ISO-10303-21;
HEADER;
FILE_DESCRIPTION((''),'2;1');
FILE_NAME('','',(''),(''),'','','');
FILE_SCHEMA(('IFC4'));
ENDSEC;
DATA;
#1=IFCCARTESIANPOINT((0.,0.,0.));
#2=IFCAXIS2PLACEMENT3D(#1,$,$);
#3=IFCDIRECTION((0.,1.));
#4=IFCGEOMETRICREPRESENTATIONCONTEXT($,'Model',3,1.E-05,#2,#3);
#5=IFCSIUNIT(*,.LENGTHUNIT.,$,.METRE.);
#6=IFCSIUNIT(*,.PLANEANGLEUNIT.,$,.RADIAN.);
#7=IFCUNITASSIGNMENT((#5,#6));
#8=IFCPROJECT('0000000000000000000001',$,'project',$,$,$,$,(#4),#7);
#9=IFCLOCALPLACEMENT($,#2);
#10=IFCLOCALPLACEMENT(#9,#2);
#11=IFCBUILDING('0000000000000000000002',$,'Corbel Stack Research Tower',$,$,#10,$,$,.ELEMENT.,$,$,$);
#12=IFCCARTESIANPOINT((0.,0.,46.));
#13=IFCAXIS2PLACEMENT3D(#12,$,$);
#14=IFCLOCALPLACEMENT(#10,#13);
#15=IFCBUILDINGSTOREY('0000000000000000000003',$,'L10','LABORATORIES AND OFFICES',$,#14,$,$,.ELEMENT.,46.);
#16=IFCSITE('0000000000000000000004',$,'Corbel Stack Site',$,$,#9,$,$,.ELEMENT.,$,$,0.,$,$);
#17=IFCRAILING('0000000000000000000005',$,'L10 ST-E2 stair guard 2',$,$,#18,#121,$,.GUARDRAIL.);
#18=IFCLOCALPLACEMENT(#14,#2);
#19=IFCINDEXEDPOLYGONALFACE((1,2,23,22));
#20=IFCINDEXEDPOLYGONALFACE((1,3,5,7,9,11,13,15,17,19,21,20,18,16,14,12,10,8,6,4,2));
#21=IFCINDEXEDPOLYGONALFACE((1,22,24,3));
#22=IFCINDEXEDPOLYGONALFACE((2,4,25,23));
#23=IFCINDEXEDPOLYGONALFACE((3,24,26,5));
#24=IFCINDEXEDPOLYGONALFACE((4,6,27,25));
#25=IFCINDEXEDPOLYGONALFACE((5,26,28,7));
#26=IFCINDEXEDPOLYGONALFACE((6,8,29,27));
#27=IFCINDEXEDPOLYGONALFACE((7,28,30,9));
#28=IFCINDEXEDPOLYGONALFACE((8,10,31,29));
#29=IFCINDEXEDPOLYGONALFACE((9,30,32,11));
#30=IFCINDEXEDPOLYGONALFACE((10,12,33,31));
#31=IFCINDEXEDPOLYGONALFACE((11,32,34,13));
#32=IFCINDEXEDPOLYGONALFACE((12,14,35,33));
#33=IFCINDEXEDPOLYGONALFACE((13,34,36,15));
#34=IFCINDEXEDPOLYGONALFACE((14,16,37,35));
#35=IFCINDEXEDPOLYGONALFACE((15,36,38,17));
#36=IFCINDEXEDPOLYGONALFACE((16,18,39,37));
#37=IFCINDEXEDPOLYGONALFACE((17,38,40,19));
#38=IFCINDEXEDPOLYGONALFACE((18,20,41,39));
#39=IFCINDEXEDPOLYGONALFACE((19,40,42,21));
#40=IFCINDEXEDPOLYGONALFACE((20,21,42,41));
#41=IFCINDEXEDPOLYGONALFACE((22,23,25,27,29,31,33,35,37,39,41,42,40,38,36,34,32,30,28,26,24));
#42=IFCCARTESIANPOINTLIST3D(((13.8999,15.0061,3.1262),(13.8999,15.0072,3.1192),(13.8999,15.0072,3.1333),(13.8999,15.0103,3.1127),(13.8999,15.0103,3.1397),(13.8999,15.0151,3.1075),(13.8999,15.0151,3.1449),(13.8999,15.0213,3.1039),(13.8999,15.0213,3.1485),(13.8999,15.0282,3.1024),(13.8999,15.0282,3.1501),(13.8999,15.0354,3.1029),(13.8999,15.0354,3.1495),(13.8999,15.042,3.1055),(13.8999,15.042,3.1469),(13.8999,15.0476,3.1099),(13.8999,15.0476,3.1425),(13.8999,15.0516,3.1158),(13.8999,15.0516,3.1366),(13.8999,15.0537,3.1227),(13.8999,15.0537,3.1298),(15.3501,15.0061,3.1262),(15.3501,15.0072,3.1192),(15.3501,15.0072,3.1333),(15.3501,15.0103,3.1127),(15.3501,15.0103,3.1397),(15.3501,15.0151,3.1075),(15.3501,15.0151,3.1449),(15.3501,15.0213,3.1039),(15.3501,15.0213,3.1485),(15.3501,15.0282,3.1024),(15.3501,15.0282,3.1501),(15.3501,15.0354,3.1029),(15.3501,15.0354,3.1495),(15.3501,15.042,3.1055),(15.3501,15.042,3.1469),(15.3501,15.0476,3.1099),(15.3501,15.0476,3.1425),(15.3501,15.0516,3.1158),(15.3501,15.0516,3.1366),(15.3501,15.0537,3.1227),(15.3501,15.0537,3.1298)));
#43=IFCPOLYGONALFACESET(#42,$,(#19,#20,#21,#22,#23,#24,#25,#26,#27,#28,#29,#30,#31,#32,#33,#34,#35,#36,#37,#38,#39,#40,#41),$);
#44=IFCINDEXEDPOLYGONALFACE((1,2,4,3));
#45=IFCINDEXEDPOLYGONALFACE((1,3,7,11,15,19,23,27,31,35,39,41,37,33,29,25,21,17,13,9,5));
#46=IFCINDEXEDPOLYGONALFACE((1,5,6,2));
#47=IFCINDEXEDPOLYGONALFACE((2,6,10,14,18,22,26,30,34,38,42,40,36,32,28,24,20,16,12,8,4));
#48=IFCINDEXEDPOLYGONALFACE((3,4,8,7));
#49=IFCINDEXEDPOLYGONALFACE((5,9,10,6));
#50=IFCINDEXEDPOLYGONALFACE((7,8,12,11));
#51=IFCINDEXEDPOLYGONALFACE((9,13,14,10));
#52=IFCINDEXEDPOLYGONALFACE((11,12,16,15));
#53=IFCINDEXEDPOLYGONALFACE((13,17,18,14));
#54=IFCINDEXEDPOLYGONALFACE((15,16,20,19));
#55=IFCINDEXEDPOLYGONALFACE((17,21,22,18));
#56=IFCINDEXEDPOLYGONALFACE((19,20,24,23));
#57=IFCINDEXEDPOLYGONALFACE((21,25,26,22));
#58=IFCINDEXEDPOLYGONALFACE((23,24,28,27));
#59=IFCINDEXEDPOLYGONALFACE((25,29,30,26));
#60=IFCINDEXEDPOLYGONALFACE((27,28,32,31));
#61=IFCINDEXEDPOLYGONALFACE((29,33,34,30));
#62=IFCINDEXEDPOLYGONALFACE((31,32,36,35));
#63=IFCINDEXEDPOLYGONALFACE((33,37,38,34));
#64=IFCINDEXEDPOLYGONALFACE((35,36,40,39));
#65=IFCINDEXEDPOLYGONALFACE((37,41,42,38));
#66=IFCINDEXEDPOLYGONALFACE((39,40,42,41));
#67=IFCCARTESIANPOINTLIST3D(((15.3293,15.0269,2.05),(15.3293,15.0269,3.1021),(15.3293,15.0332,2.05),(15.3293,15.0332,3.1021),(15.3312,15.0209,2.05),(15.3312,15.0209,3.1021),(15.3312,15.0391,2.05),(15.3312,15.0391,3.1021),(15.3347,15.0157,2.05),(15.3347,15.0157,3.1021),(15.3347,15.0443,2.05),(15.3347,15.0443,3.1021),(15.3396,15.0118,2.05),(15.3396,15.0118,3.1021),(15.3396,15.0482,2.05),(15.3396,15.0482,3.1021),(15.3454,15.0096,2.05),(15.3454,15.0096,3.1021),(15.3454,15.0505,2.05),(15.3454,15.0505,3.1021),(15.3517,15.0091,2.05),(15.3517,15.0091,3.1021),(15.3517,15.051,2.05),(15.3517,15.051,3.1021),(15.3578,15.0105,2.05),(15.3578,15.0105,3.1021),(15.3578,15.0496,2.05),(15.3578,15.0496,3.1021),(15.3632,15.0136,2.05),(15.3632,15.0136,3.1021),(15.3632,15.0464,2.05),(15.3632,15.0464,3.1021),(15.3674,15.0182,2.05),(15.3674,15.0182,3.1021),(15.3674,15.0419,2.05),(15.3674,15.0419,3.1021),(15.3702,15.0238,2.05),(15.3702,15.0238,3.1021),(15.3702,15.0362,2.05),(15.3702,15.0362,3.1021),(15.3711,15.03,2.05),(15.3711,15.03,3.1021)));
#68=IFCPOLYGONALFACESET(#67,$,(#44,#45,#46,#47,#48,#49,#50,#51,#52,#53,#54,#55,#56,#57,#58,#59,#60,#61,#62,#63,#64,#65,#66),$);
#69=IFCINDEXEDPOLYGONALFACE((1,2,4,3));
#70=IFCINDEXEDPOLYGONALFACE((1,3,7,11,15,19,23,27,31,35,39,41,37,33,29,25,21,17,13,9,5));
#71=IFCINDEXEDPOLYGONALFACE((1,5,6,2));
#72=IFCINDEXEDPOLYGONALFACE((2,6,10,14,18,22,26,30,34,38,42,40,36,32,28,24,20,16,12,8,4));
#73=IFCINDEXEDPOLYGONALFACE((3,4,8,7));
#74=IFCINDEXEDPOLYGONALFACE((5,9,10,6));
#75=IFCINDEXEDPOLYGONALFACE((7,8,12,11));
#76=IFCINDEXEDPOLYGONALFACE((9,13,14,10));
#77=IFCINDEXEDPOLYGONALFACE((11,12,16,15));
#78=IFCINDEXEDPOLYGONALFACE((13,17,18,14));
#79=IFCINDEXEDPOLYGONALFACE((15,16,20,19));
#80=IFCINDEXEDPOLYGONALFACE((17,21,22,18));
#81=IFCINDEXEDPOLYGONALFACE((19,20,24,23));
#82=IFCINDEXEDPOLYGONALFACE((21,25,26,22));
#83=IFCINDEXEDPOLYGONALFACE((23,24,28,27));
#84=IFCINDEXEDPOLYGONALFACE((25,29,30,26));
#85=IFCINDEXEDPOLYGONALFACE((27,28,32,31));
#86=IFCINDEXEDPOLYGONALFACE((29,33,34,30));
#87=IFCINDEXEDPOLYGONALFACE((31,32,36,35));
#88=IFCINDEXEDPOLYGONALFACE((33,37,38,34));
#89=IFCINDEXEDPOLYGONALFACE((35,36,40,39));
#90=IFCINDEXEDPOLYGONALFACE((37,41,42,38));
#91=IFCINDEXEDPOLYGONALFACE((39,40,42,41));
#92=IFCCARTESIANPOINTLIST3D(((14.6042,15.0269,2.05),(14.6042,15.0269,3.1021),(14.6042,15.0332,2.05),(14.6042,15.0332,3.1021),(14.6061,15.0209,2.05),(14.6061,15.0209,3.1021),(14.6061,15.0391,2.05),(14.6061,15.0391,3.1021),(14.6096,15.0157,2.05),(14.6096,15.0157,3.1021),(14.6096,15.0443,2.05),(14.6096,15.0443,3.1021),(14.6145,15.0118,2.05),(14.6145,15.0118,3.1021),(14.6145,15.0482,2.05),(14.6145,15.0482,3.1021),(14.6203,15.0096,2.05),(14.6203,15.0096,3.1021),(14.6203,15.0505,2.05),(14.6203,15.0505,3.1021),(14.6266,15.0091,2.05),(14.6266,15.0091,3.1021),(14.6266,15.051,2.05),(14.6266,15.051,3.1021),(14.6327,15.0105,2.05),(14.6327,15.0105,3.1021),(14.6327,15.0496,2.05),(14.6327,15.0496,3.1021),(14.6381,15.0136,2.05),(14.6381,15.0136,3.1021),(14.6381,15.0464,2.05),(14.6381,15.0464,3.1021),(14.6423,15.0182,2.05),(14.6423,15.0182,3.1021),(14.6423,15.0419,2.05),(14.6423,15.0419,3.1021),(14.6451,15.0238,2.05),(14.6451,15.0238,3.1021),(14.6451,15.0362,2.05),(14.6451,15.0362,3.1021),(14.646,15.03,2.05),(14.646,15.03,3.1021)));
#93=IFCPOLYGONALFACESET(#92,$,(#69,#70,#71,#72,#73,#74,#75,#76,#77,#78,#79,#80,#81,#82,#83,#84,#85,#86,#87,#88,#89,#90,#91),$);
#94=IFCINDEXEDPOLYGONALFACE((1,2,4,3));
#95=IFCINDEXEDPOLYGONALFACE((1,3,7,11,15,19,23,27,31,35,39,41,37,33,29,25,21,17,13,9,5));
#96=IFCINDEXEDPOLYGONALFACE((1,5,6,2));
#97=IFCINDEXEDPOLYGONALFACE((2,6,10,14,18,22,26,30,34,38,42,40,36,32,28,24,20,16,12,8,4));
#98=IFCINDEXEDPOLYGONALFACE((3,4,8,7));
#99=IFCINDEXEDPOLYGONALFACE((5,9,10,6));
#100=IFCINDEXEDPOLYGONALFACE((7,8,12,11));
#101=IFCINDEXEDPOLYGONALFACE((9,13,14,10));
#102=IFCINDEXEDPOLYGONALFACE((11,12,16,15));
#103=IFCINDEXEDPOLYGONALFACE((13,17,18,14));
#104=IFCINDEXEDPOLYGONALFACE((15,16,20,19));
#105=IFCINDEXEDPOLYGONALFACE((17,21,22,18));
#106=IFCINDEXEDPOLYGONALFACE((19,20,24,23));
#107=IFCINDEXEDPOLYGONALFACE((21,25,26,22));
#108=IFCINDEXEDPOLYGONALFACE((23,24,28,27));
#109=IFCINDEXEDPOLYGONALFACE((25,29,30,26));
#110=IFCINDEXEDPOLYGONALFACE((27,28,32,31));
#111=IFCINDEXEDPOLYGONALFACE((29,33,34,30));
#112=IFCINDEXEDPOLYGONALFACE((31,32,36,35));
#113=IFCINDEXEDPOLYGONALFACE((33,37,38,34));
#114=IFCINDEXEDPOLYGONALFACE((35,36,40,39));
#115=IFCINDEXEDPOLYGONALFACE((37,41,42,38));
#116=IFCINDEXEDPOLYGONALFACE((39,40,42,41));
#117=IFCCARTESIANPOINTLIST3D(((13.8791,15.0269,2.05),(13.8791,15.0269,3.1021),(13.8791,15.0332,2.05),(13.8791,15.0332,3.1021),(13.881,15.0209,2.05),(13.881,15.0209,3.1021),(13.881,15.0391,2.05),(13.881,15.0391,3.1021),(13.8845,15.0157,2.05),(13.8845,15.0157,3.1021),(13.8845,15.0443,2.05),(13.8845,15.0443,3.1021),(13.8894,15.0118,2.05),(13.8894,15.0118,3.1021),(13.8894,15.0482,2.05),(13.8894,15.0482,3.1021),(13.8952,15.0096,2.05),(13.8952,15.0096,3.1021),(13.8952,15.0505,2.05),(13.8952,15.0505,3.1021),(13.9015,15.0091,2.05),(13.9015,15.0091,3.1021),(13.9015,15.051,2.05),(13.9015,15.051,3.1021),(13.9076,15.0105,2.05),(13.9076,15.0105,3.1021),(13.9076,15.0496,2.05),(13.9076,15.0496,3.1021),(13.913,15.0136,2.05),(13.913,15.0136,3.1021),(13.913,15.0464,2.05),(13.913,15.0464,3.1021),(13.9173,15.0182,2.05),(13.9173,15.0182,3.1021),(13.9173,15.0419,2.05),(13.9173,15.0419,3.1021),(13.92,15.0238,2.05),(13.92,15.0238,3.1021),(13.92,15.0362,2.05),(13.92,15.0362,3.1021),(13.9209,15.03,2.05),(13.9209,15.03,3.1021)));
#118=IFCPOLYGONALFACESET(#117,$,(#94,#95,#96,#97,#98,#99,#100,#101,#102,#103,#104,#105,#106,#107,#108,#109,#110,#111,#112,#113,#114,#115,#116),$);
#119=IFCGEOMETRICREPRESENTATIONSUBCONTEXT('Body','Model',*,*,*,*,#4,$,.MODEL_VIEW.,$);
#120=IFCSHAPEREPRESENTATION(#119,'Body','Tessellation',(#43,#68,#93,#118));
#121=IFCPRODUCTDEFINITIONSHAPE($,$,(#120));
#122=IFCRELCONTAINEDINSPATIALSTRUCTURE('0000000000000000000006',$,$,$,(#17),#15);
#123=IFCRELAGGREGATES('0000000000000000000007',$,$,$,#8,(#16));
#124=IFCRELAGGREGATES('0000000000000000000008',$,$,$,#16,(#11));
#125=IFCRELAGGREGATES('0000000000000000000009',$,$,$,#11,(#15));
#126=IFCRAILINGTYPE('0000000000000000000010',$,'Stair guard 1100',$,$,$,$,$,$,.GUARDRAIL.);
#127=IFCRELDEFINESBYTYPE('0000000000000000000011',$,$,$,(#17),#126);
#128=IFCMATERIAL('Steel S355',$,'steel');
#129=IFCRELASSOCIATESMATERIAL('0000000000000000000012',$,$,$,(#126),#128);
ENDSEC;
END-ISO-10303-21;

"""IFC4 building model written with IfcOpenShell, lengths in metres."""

from ifc_helpers import new_model, si_unit, direction, frame, origin, origin_2d, place, context, subcontext, project, spatial, circle, extrude, material, type_object, element, save


model = new_model("IFC4")

# Units and contexts
model_context = context("Model", 3, precision=1e-05, world=origin(), true_north=direction((0.0, 1.0)))
body_context = subcontext(model_context, "Body", "Model", "MODEL_VIEW")
ifc_project = project(units=[si_unit("LENGTHUNIT", "METRE"), si_unit("PLANEANGLEUNIT", "RADIAN")], contexts=[model_context])

# Site, building, storey
site_placement = place(None, origin())
site = spatial("IfcSite", under=ifc_project, at=site_placement, Name="Corbel Stack Site", CompositionType="ELEMENT", RefElevation=0.0)
building_placement = place(site_placement, origin())
building = spatial("IfcBuilding", under=site, at=building_placement, Name="Corbel Stack Research Tower", CompositionType="ELEMENT")
storey_placement = place(building_placement, frame((0.0, 0.0, 46.0)))
storey = spatial("IfcBuildingStorey", under=building, at=storey_placement, Name="L10", Description="LABORATORIES AND OFFICES", CompositionType="ELEMENT", Elevation=46.0)

# Railing
ifc_material_1 = material(Name="Steel S355", Category="steel")
railing_type = type_object("IfcRailingType", Name="Stair guard 1100", PredefinedType="GUARDRAIL", material=ifc_material_1)
railing_1_placement = place(storey_placement, frame((15.3501, 15.03, 2.05)))
element("IfcRailing", 1, at=railing_1_placement, inside=storey, type_object=railing_type, Name="L10 ST-E2 stair guard 2", PredefinedType="GUARDRAIL", context=body_context, shape_type="SweptSolid", body=[
    extrude(circle(Radius=0.0239, at=origin_2d()), frame((0.0, 0.0, 1.0762), z_axis=(-1.0, 0.0, 0.0), x_axis=(0.0, -1.0, 0.0)), (0.0, 0.0, 1.0), 1.4502),
    extrude(circle(Radius=0.021, at=origin_2d()), origin(), (0.0, 0.0, 1.0), 1.052),
    extrude(circle(Radius=0.021, at=origin_2d()), frame((-0.7251, 0.0, 0.0)), (0.0, 0.0, 1.0), 1.052),
    extrude(circle(Radius=0.021, at=origin_2d()), frame((-1.4502, 0.0, 0.0)), (0.0, 0.0, 1.0), 1.052),
])

save(model, "model.ifc")
